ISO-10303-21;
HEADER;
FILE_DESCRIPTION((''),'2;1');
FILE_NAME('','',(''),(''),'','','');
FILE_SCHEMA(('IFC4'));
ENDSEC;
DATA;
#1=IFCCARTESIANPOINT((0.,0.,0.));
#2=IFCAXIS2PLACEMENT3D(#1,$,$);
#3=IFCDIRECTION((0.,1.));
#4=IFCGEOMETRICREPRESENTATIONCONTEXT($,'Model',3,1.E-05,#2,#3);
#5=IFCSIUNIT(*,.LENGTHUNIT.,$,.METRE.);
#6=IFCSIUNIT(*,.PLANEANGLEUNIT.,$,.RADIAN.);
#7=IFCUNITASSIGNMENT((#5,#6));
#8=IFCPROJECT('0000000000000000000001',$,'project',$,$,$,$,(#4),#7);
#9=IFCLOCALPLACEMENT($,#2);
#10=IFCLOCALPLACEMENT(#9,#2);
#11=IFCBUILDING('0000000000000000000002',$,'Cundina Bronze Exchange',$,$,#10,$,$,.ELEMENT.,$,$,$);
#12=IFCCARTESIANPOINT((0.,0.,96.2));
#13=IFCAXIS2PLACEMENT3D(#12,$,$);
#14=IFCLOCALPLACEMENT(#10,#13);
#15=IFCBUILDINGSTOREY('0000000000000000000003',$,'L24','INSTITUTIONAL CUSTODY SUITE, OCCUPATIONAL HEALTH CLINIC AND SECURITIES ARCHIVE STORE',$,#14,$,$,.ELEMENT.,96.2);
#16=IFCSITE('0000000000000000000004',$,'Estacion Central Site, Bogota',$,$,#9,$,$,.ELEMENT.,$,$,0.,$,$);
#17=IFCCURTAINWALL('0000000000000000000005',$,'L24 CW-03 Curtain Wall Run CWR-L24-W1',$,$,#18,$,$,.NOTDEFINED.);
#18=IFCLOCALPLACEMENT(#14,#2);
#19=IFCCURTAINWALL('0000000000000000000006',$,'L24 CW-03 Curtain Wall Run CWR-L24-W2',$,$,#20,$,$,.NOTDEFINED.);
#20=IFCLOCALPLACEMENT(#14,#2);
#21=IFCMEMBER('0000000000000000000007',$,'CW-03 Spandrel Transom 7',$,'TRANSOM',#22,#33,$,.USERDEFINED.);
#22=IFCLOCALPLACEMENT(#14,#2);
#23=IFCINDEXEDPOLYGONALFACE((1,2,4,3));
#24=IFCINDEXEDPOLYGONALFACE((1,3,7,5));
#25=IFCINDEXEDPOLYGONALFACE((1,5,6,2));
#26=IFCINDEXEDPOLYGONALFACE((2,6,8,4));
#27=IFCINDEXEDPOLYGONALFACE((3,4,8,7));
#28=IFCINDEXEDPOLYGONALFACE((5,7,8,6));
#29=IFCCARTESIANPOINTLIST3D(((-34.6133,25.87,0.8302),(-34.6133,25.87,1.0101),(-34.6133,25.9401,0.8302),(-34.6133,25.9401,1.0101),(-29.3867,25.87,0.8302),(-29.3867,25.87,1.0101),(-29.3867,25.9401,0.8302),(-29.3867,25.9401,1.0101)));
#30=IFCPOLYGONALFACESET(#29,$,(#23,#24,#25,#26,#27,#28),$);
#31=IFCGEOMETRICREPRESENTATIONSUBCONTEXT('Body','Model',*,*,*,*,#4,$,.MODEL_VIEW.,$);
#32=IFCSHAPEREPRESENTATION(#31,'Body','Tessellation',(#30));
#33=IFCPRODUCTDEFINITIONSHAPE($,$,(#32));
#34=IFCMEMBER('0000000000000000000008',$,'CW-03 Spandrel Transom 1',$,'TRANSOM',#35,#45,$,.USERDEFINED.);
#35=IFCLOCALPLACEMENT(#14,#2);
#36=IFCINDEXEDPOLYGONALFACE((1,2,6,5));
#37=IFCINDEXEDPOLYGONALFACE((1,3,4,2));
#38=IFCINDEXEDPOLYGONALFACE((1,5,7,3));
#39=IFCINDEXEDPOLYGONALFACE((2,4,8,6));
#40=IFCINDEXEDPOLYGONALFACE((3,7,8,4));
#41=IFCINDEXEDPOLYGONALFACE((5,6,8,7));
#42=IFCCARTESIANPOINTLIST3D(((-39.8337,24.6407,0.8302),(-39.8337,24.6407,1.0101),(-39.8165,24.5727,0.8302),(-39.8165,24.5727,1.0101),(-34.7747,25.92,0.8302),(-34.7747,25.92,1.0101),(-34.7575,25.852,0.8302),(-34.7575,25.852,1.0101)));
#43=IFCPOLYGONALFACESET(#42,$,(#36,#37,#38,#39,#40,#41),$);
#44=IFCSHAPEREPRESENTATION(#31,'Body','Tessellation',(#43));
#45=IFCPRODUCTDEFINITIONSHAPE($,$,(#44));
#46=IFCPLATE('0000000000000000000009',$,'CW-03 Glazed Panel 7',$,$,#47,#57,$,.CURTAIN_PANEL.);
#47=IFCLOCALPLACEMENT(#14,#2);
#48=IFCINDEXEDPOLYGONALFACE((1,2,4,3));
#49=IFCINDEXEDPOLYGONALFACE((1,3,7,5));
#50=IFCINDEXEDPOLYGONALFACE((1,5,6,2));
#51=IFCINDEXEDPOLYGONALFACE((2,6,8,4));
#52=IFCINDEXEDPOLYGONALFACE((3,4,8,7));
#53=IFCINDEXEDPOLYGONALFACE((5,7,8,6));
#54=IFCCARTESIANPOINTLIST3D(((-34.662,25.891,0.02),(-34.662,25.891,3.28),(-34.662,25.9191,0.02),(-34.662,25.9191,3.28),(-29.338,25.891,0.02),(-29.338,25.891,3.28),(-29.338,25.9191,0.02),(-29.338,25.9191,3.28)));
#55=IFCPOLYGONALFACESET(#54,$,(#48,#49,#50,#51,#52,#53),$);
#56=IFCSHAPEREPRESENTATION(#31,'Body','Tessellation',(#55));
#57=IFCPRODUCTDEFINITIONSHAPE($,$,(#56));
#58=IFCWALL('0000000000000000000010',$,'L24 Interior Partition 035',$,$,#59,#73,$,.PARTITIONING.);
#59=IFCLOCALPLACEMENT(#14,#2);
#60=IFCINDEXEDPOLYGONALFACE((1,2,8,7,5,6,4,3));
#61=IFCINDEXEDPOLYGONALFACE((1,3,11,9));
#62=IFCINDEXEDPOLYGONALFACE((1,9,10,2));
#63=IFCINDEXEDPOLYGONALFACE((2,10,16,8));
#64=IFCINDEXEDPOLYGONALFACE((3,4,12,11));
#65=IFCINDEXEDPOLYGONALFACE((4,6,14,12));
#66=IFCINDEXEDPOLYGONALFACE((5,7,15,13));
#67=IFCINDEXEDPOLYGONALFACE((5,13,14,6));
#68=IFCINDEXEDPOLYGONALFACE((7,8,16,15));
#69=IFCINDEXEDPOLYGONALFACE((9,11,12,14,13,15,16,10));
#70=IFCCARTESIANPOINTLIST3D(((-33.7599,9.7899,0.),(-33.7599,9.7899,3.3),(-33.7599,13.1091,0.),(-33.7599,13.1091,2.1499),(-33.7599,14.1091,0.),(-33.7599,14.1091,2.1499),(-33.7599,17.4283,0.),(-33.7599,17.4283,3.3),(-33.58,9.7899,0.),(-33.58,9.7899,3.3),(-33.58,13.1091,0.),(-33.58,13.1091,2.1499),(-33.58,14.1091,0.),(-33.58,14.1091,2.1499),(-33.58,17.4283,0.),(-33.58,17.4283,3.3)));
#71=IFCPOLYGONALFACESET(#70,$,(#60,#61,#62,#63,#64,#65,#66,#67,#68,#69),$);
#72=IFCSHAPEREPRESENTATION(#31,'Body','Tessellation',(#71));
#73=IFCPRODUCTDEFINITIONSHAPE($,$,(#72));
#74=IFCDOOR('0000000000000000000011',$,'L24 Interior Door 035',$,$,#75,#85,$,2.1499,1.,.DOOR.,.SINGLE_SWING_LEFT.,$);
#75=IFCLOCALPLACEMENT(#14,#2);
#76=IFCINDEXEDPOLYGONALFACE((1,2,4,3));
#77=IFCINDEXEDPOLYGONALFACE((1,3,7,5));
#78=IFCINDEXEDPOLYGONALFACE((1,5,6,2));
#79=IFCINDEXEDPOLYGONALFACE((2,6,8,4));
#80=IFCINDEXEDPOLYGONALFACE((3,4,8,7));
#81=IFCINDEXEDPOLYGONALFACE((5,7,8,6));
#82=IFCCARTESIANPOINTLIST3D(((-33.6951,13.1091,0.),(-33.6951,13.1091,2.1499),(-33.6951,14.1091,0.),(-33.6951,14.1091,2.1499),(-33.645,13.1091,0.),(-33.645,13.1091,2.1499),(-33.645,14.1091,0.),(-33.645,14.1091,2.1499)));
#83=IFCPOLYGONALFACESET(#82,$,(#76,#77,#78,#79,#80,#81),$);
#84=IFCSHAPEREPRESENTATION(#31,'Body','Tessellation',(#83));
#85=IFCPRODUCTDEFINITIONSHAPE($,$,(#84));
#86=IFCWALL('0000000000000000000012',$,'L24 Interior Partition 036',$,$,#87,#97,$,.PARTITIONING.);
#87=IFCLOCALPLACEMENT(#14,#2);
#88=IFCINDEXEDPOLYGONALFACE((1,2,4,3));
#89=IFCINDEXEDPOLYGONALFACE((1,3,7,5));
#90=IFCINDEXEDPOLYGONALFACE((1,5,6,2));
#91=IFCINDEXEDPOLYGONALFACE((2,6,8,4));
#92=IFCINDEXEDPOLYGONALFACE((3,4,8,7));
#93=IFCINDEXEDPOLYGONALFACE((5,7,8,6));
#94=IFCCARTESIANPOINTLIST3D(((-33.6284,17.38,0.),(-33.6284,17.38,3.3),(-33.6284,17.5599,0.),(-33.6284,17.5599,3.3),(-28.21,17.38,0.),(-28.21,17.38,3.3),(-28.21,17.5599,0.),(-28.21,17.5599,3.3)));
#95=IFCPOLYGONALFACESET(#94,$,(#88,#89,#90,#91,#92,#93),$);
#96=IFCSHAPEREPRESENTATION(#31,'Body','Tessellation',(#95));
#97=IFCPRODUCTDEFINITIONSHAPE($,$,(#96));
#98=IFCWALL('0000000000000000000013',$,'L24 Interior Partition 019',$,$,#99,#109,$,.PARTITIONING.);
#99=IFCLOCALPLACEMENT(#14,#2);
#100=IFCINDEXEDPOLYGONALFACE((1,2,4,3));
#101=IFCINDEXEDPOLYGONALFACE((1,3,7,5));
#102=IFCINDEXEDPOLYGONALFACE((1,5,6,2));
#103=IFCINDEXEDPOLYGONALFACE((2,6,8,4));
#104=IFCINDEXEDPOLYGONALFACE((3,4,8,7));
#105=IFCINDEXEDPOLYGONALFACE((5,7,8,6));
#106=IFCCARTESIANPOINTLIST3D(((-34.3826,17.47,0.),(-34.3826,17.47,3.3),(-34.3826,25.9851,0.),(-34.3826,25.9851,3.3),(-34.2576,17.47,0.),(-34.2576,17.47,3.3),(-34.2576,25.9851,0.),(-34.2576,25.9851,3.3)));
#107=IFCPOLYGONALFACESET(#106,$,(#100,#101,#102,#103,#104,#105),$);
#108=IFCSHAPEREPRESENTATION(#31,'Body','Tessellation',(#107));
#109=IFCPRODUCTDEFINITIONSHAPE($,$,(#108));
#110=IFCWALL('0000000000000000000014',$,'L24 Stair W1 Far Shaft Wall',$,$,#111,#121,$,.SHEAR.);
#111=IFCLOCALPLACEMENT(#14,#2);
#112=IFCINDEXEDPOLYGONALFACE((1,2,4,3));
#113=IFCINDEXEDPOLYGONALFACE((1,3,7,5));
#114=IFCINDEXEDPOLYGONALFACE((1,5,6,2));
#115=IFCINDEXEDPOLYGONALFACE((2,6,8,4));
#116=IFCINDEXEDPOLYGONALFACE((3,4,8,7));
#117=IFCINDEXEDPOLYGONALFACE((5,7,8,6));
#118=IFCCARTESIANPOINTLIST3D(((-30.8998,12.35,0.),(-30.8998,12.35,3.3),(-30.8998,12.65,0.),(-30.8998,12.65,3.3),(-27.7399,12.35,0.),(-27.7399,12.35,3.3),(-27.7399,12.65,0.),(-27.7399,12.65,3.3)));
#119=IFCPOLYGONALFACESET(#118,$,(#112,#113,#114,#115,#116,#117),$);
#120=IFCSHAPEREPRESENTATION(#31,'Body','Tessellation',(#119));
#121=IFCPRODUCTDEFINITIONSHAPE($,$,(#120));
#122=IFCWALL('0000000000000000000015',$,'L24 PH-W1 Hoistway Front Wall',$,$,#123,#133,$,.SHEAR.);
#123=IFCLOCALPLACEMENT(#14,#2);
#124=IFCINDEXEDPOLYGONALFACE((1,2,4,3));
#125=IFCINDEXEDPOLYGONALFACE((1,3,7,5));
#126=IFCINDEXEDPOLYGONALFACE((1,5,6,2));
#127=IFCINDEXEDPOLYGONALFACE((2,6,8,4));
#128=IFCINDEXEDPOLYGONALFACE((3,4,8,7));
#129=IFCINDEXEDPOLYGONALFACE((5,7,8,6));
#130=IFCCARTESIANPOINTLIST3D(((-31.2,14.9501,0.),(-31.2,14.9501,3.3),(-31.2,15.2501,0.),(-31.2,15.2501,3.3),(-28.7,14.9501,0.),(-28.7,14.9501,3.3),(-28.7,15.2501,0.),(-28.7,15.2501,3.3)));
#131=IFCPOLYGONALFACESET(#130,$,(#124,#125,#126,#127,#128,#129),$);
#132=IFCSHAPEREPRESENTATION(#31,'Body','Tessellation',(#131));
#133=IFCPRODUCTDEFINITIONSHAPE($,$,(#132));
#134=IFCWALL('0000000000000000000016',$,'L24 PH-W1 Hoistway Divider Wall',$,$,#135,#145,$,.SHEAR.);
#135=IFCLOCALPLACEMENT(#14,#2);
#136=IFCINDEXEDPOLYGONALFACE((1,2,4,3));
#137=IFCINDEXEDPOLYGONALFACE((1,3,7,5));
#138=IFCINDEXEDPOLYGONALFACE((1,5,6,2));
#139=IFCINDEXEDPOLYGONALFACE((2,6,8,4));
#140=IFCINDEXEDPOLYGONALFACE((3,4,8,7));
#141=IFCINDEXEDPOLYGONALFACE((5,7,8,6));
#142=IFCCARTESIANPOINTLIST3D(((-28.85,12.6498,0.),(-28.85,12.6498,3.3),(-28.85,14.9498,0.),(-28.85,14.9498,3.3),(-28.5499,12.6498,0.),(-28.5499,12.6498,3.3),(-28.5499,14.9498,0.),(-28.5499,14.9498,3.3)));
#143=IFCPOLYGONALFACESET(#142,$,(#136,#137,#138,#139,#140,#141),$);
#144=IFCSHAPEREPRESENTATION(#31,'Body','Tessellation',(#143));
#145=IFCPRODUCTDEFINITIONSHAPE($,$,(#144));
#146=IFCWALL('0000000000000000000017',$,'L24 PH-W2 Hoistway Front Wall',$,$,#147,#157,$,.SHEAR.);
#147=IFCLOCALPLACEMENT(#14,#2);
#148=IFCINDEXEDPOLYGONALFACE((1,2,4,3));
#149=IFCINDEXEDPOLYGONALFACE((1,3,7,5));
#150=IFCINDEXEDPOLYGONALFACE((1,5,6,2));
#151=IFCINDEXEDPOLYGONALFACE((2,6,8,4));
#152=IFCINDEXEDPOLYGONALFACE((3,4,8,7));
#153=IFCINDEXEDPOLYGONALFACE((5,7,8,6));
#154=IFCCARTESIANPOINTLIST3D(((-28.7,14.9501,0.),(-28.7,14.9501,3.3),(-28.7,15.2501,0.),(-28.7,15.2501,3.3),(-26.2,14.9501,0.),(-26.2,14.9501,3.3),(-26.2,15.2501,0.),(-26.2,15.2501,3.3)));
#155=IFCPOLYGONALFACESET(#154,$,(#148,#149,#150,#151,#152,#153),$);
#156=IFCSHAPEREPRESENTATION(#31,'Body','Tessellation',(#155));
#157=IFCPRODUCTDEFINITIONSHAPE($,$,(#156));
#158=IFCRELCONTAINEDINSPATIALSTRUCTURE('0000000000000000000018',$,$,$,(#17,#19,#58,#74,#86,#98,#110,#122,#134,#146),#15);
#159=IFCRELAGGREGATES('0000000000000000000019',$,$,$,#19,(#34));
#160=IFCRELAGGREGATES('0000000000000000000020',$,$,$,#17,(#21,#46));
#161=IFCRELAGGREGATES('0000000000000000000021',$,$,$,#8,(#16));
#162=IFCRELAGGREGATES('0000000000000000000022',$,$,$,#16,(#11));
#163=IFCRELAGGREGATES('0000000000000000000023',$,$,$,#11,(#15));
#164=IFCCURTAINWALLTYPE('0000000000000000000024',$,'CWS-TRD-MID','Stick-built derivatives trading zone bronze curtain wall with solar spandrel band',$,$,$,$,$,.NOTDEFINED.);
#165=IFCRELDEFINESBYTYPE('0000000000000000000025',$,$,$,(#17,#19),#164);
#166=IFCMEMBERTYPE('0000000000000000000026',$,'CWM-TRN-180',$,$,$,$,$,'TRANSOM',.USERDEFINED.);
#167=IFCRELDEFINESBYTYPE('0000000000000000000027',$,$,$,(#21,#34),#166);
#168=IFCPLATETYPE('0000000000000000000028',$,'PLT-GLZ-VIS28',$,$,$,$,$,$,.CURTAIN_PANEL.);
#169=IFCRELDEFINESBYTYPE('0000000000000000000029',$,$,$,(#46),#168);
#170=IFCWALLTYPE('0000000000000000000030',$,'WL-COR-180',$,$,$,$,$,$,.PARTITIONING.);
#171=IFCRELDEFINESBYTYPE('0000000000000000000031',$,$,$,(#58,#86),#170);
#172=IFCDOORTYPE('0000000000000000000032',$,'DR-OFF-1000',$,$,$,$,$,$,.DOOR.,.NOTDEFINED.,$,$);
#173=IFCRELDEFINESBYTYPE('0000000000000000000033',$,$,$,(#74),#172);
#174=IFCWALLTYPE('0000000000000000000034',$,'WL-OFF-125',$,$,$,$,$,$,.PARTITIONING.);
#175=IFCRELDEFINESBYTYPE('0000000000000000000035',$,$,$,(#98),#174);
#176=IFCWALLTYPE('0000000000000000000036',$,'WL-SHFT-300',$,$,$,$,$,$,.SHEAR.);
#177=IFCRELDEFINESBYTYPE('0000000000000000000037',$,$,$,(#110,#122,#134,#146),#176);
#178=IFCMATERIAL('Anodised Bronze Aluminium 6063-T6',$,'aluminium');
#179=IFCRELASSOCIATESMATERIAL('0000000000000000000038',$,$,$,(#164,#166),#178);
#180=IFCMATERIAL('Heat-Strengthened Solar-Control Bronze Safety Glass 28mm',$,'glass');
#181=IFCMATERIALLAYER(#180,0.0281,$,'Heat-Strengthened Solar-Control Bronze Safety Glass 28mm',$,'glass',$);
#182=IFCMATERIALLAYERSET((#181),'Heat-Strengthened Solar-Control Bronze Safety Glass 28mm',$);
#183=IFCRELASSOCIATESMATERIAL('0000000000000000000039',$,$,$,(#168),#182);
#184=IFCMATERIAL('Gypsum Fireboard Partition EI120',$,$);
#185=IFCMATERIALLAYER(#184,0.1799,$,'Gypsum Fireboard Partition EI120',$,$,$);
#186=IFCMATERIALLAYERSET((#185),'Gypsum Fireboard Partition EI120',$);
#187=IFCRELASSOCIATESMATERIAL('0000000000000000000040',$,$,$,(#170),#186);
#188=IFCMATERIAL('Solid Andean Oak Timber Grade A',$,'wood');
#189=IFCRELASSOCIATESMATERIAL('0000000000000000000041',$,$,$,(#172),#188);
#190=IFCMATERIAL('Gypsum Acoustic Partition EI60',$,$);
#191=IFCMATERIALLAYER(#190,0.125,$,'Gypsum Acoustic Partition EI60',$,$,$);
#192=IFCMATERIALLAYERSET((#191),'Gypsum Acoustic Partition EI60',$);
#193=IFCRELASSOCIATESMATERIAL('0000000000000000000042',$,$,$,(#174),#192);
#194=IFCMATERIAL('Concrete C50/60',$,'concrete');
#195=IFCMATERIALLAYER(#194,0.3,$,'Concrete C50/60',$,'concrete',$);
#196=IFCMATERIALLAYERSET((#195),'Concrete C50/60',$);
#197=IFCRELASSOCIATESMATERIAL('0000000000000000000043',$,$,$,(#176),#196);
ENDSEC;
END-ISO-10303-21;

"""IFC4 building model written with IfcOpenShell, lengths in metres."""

from ifc_helpers import new_model, si_unit, direction, frame, frame_2d, origin, origin_2d, place, context, subcontext, project, spatial, rectangle, extrude, material, layer, layer_set, material_profile, profile_set, type_object, element, fill, aggregate, save


model = new_model("IFC4")

# Units and contexts
model_context = context("Model", 3, precision=1e-05, world=origin(), true_north=direction((0.0, 1.0)))
body_context = subcontext(model_context, "Body", "Model", "MODEL_VIEW")
ifc_project = project(units=[si_unit("LENGTHUNIT", "METRE"), si_unit("PLANEANGLEUNIT", "RADIAN")], contexts=[model_context])

# Site, building, storey
site_placement = place(None, origin())
site = spatial("IfcSite", under=ifc_project, at=site_placement, Name="Estacion Central Site, Bogota", CompositionType="ELEMENT", RefElevation=0.0)
building_placement = place(site_placement, origin())
building = spatial("IfcBuilding", under=site, at=building_placement, Name="Cundina Bronze Exchange", CompositionType="ELEMENT")
storey_placement = place(building_placement, frame((0.0, 0.0, 96.2)))
storey = spatial("IfcBuildingStorey", under=building, at=storey_placement, Name="L24", Description="INSTITUTIONAL CUSTODY SUITE, OCCUPATIONAL HEALTH CLINIC AND SECURITIES ARCHIVE STORE", CompositionType="ELEMENT", Elevation=96.2)

# Curtain wall
ifc_material_1 = material(Name="Anodised Bronze Aluminium 6063-T6", Category="aluminium")
curtain_wall_type = type_object("IfcCurtainWallType", Name="CWS-TRD-MID", Description="Stick-built derivatives trading zone bronze curtain wall with solar spandrel band", PredefinedType="NOTDEFINED", material=ifc_material_1)
curtain_wall_1_placement = place(storey_placement, origin())
curtain_wall_1 = element("IfcCurtainWall", 1, at=curtain_wall_1_placement, inside=storey, type_object=curtain_wall_type, Name="L24 CW-03 Curtain Wall Run CWR-L24-W1", PredefinedType="NOTDEFINED")

# Curtain wall
curtain_wall_2_placement = place(storey_placement, origin())
curtain_wall_2 = element("IfcCurtainWall", 2, at=curtain_wall_2_placement, inside=storey, type_object=curtain_wall_type, Name="L24 CW-03 Curtain Wall Run CWR-L24-W2", PredefinedType="NOTDEFINED")

# Members
ifc_material_profile_1 = material_profile(ifc_material_1, rectangle(XDim=0.0701, YDim=0.1799, at=origin_2d()), Name="AL70X180", Category="aluminium")
ifc_profile_set_1 = profile_set([ifc_material_profile_1], Name="Anodised Bronze Aluminium 6063-T6")
member_type_1 = type_object("IfcMemberType", Name="CWM-TRN-180", ElementType="TRANSOM", PredefinedType="USERDEFINED", material=ifc_profile_set_1)
member_1_placement = place(storey_placement, frame((-29.3867, 25.905, 0.9202), z_axis=(-1.0, 0.0, 0.0), x_axis=(0.0, -1.0, 0.0)))
member_1 = element("IfcMember", 3, at=member_1_placement, type_object=member_type_1, Name="CW-03 Spandrel Transom 7", ObjectType="TRANSOM", PredefinedType="USERDEFINED", context=body_context, shape_type="SweptSolid", body=[
    extrude(rectangle(XDim=0.0701, YDim=0.1799, at=origin_2d()), origin(), (0.0, 0.0, 1.0), 5.2266),
])
member_2_placement = place(storey_placement, frame((-34.7661, 25.886, 0.9202), z_axis=(-0.969484, -0.245155, 0.0), x_axis=(0.245155, -0.969484, 0.0)))
member_2 = element("IfcMember", 4, at=member_2_placement, type_object=member_type_1, Name="CW-03 Spandrel Transom 1", ObjectType="TRANSOM", PredefinedType="USERDEFINED", context=body_context, shape_type="SweptSolid", body=[
    extrude(rectangle(XDim=0.0701, YDim=0.1799, at=origin_2d()), origin(), (0.0, 0.0, 1.0), 5.2183),
])
aggregate(curtain_wall_2, [member_2])

# Plate
ifc_material_2 = material(Name="Heat-Strengthened Solar-Control Bronze Safety Glass 28mm", Category="glass")
ifc_layer_1 = layer(ifc_material_2, 0.0281, Name="Heat-Strengthened Solar-Control Bronze Safety Glass 28mm", Category="glass")
ifc_layer_set_1 = layer_set([ifc_layer_1], Name="Heat-Strengthened Solar-Control Bronze Safety Glass 28mm")
plate_type = type_object("IfcPlateType", Name="PLT-GLZ-VIS28", PredefinedType="CURTAIN_PANEL", material=ifc_layer_set_1)
plate_placement = place(storey_placement, frame((-32.0, 25.905, 0.02), z_axis=(0.0, 0.0, 1.0), x_axis=(-1.0, 0.0, 0.0)))
plate = element("IfcPlate", 5, at=plate_placement, type_object=plate_type, Name="CW-03 Glazed Panel 7", PredefinedType="CURTAIN_PANEL", context=body_context, shape_type="SweptSolid", body=[
    extrude(rectangle(XDim=5.324, YDim=0.0281, at=origin_2d()), origin(), (0.0, 0.0, 1.0), 3.26),
])
aggregate(curtain_wall_1, [member_1, plate])

# Wall, opening, door
ifc_material_3 = material(Name="Gypsum Fireboard Partition EI120")
ifc_layer_2 = layer(ifc_material_3, 0.1799, Name="Gypsum Fireboard Partition EI120")
ifc_layer_set_2 = layer_set([ifc_layer_2], Name="Gypsum Fireboard Partition EI120")
wall_type_1 = type_object("IfcWallType", Name="WL-COR-180", PredefinedType="PARTITIONING", material=ifc_layer_set_2)
ifc_material_4 = material(Name="Solid Andean Oak Timber Grade A", Category="wood")
door_type_1 = type_object("IfcDoorType", Name="DR-OFF-1000", OperationType="NOTDEFINED", PredefinedType="DOOR", material=ifc_material_4)
wall_1_placement = place(storey_placement, frame((-33.6699, 17.4285, 0.0), z_axis=(0.0, 0.0, 1.0), x_axis=(0.0, -1.0, 0.0)))
wall_1 = element("IfcWall", 6, at=wall_1_placement, inside=storey, type_object=wall_type_1, Name="L24 Interior Partition 035", PredefinedType="PARTITIONING", context=body_context, shape_type="SweptSolid", body=[
    extrude(rectangle(XDim=7.6384, YDim=0.1799, at=frame_2d((3.8193, 0.0))), origin(), (0.0, 0.0, 1.0), 3.3),
])
opening_1_placement = place(wall_1_placement, frame((3.3193, 0.0, 0.0)))
opening_1 = element("IfcOpeningElement", 7, at=opening_1_placement, cuts=wall_1, PredefinedType="OPENING", context=body_context, shape_type="SweptSolid", body=[
    extrude(rectangle(XDim=1.0, YDim=2.1499, at=frame_2d((0.5, 1.075))), frame((0.0, 0.0999, 0.0), z_axis=(0.0, -1.0, 0.0), x_axis=(1.0, 0.0, 0.0)), (0.0, 0.0, 1.0), 0.2),
])
door_1_placement = place(opening_1_placement, origin())
door_1 = element("IfcDoor", 8, at=door_1_placement, inside=storey, type_object=door_type_1, Name="L24 Interior Door 035", OperationType="SINGLE_SWING_LEFT", OverallHeight=2.1499, OverallWidth=1.0, PredefinedType="DOOR", context=body_context, shape_type="SweptSolid", body=[
    extrude(rectangle(XDim=1.0, YDim=2.1499, at=frame_2d((0.5, 1.075))), frame((0.0, 0.0249, 0.0), z_axis=(0.0, -1.0, 0.0), x_axis=(1.0, 0.0, 0.0)), (0.0, 0.0, 1.0), 0.05),
])
fill(opening_1, door_1)

# Walls
wall_2_placement = place(storey_placement, frame((-28.21, 17.47, 0.0), z_axis=(0.0, 0.0, 1.0), x_axis=(-1.0, 0.0, 0.0)))
element("IfcWall", 9, at=wall_2_placement, inside=storey, type_object=wall_type_1, Name="L24 Interior Partition 036", PredefinedType="PARTITIONING", context=body_context, shape_type="SweptSolid", body=[
    extrude(rectangle(XDim=5.4185, YDim=0.1799, at=frame_2d((2.7092, 0.0))), origin(), (0.0, 0.0, 1.0), 3.3),
])
ifc_material_5 = material(Name="Gypsum Acoustic Partition EI60")
ifc_layer_3 = layer(ifc_material_5, 0.125, Name="Gypsum Acoustic Partition EI60")
ifc_layer_set_3 = layer_set([ifc_layer_3], Name="Gypsum Acoustic Partition EI60")
wall_type_2 = type_object("IfcWallType", Name="WL-OFF-125", PredefinedType="PARTITIONING", material=ifc_layer_set_3)
wall_3_placement = place(storey_placement, frame((-34.3201, 17.47, 0.0), z_axis=(0.0, 0.0, 1.0), x_axis=(0.0, 1.0, 0.0)))
element("IfcWall", 10, at=wall_3_placement, inside=storey, type_object=wall_type_2, Name="L24 Interior Partition 019", PredefinedType="PARTITIONING", context=body_context, shape_type="SweptSolid", body=[
    extrude(rectangle(XDim=8.5151, YDim=0.125, at=frame_2d((4.2576, 0.0))), origin(), (0.0, 0.0, 1.0), 3.3),
])

# Shared definitions
ifc_material_6 = material(Name="Concrete C50/60", Category="concrete")
ifc_layer_4 = layer(ifc_material_6, 0.3, Name="Concrete C50/60", Category="concrete")
ifc_layer_set_4 = layer_set([ifc_layer_4], Name="Concrete C50/60")
wall_type_3 = type_object("IfcWallType", Name="WL-SHFT-300", PredefinedType="SHEAR", material=ifc_layer_set_4)

# Walls
wall_4_placement = place(storey_placement, frame((-30.8999, 12.5, 0.0), z_axis=(0.0, 0.0, 1.0), x_axis=(1.0, 0.0, 0.0)))
element("IfcWall", 11, at=wall_4_placement, inside=storey, type_object=wall_type_3, Name="L24 Stair W1 Far Shaft Wall", PredefinedType="SHEAR", context=body_context, shape_type="SweptSolid", body=[
    extrude(rectangle(XDim=3.1599, YDim=0.3, at=frame_2d((1.5801, 0.0))), origin(), (0.0, 0.0, 1.0), 3.3),
])
wall_5_placement = place(storey_placement, frame((-31.2, 15.1001, 0.0), z_axis=(0.0, 0.0, 1.0), x_axis=(1.0, 0.0, 0.0)))
element("IfcWall", 12, at=wall_5_placement, inside=storey, type_object=wall_type_3, Name="L24 PH-W1 Hoistway Front Wall", PredefinedType="SHEAR", context=body_context, shape_type="SweptSolid", body=[
    extrude(rectangle(XDim=2.5, YDim=0.3, at=frame_2d((1.25, 0.0))), origin(), (0.0, 0.0, 1.0), 3.3),
])
wall_6_placement = place(storey_placement, frame((-28.7, 12.6499, 0.0), z_axis=(0.0, 0.0, 1.0), x_axis=(0.0, 1.0, 0.0)))
element("IfcWall", 13, at=wall_6_placement, inside=storey, type_object=wall_type_3, Name="L24 PH-W1 Hoistway Divider Wall", PredefinedType="SHEAR", context=body_context, shape_type="SweptSolid", body=[
    extrude(rectangle(XDim=2.3, YDim=0.3, at=frame_2d((1.1499, 0.0))), origin(), (0.0, 0.0, 1.0), 3.3),
])
wall_7_placement = place(storey_placement, frame((-28.7, 15.1001, 0.0), z_axis=(0.0, 0.0, 1.0), x_axis=(1.0, 0.0, 0.0)))
element("IfcWall", 14, at=wall_7_placement, inside=storey, type_object=wall_type_3, Name="L24 PH-W2 Hoistway Front Wall", PredefinedType="SHEAR", context=body_context, shape_type="SweptSolid", body=[
    extrude(rectangle(XDim=2.5, YDim=0.3, at=frame_2d((1.25, 0.0))), origin(), (0.0, 0.0, 1.0), 3.3),
])

save(model, "model.ifc")
